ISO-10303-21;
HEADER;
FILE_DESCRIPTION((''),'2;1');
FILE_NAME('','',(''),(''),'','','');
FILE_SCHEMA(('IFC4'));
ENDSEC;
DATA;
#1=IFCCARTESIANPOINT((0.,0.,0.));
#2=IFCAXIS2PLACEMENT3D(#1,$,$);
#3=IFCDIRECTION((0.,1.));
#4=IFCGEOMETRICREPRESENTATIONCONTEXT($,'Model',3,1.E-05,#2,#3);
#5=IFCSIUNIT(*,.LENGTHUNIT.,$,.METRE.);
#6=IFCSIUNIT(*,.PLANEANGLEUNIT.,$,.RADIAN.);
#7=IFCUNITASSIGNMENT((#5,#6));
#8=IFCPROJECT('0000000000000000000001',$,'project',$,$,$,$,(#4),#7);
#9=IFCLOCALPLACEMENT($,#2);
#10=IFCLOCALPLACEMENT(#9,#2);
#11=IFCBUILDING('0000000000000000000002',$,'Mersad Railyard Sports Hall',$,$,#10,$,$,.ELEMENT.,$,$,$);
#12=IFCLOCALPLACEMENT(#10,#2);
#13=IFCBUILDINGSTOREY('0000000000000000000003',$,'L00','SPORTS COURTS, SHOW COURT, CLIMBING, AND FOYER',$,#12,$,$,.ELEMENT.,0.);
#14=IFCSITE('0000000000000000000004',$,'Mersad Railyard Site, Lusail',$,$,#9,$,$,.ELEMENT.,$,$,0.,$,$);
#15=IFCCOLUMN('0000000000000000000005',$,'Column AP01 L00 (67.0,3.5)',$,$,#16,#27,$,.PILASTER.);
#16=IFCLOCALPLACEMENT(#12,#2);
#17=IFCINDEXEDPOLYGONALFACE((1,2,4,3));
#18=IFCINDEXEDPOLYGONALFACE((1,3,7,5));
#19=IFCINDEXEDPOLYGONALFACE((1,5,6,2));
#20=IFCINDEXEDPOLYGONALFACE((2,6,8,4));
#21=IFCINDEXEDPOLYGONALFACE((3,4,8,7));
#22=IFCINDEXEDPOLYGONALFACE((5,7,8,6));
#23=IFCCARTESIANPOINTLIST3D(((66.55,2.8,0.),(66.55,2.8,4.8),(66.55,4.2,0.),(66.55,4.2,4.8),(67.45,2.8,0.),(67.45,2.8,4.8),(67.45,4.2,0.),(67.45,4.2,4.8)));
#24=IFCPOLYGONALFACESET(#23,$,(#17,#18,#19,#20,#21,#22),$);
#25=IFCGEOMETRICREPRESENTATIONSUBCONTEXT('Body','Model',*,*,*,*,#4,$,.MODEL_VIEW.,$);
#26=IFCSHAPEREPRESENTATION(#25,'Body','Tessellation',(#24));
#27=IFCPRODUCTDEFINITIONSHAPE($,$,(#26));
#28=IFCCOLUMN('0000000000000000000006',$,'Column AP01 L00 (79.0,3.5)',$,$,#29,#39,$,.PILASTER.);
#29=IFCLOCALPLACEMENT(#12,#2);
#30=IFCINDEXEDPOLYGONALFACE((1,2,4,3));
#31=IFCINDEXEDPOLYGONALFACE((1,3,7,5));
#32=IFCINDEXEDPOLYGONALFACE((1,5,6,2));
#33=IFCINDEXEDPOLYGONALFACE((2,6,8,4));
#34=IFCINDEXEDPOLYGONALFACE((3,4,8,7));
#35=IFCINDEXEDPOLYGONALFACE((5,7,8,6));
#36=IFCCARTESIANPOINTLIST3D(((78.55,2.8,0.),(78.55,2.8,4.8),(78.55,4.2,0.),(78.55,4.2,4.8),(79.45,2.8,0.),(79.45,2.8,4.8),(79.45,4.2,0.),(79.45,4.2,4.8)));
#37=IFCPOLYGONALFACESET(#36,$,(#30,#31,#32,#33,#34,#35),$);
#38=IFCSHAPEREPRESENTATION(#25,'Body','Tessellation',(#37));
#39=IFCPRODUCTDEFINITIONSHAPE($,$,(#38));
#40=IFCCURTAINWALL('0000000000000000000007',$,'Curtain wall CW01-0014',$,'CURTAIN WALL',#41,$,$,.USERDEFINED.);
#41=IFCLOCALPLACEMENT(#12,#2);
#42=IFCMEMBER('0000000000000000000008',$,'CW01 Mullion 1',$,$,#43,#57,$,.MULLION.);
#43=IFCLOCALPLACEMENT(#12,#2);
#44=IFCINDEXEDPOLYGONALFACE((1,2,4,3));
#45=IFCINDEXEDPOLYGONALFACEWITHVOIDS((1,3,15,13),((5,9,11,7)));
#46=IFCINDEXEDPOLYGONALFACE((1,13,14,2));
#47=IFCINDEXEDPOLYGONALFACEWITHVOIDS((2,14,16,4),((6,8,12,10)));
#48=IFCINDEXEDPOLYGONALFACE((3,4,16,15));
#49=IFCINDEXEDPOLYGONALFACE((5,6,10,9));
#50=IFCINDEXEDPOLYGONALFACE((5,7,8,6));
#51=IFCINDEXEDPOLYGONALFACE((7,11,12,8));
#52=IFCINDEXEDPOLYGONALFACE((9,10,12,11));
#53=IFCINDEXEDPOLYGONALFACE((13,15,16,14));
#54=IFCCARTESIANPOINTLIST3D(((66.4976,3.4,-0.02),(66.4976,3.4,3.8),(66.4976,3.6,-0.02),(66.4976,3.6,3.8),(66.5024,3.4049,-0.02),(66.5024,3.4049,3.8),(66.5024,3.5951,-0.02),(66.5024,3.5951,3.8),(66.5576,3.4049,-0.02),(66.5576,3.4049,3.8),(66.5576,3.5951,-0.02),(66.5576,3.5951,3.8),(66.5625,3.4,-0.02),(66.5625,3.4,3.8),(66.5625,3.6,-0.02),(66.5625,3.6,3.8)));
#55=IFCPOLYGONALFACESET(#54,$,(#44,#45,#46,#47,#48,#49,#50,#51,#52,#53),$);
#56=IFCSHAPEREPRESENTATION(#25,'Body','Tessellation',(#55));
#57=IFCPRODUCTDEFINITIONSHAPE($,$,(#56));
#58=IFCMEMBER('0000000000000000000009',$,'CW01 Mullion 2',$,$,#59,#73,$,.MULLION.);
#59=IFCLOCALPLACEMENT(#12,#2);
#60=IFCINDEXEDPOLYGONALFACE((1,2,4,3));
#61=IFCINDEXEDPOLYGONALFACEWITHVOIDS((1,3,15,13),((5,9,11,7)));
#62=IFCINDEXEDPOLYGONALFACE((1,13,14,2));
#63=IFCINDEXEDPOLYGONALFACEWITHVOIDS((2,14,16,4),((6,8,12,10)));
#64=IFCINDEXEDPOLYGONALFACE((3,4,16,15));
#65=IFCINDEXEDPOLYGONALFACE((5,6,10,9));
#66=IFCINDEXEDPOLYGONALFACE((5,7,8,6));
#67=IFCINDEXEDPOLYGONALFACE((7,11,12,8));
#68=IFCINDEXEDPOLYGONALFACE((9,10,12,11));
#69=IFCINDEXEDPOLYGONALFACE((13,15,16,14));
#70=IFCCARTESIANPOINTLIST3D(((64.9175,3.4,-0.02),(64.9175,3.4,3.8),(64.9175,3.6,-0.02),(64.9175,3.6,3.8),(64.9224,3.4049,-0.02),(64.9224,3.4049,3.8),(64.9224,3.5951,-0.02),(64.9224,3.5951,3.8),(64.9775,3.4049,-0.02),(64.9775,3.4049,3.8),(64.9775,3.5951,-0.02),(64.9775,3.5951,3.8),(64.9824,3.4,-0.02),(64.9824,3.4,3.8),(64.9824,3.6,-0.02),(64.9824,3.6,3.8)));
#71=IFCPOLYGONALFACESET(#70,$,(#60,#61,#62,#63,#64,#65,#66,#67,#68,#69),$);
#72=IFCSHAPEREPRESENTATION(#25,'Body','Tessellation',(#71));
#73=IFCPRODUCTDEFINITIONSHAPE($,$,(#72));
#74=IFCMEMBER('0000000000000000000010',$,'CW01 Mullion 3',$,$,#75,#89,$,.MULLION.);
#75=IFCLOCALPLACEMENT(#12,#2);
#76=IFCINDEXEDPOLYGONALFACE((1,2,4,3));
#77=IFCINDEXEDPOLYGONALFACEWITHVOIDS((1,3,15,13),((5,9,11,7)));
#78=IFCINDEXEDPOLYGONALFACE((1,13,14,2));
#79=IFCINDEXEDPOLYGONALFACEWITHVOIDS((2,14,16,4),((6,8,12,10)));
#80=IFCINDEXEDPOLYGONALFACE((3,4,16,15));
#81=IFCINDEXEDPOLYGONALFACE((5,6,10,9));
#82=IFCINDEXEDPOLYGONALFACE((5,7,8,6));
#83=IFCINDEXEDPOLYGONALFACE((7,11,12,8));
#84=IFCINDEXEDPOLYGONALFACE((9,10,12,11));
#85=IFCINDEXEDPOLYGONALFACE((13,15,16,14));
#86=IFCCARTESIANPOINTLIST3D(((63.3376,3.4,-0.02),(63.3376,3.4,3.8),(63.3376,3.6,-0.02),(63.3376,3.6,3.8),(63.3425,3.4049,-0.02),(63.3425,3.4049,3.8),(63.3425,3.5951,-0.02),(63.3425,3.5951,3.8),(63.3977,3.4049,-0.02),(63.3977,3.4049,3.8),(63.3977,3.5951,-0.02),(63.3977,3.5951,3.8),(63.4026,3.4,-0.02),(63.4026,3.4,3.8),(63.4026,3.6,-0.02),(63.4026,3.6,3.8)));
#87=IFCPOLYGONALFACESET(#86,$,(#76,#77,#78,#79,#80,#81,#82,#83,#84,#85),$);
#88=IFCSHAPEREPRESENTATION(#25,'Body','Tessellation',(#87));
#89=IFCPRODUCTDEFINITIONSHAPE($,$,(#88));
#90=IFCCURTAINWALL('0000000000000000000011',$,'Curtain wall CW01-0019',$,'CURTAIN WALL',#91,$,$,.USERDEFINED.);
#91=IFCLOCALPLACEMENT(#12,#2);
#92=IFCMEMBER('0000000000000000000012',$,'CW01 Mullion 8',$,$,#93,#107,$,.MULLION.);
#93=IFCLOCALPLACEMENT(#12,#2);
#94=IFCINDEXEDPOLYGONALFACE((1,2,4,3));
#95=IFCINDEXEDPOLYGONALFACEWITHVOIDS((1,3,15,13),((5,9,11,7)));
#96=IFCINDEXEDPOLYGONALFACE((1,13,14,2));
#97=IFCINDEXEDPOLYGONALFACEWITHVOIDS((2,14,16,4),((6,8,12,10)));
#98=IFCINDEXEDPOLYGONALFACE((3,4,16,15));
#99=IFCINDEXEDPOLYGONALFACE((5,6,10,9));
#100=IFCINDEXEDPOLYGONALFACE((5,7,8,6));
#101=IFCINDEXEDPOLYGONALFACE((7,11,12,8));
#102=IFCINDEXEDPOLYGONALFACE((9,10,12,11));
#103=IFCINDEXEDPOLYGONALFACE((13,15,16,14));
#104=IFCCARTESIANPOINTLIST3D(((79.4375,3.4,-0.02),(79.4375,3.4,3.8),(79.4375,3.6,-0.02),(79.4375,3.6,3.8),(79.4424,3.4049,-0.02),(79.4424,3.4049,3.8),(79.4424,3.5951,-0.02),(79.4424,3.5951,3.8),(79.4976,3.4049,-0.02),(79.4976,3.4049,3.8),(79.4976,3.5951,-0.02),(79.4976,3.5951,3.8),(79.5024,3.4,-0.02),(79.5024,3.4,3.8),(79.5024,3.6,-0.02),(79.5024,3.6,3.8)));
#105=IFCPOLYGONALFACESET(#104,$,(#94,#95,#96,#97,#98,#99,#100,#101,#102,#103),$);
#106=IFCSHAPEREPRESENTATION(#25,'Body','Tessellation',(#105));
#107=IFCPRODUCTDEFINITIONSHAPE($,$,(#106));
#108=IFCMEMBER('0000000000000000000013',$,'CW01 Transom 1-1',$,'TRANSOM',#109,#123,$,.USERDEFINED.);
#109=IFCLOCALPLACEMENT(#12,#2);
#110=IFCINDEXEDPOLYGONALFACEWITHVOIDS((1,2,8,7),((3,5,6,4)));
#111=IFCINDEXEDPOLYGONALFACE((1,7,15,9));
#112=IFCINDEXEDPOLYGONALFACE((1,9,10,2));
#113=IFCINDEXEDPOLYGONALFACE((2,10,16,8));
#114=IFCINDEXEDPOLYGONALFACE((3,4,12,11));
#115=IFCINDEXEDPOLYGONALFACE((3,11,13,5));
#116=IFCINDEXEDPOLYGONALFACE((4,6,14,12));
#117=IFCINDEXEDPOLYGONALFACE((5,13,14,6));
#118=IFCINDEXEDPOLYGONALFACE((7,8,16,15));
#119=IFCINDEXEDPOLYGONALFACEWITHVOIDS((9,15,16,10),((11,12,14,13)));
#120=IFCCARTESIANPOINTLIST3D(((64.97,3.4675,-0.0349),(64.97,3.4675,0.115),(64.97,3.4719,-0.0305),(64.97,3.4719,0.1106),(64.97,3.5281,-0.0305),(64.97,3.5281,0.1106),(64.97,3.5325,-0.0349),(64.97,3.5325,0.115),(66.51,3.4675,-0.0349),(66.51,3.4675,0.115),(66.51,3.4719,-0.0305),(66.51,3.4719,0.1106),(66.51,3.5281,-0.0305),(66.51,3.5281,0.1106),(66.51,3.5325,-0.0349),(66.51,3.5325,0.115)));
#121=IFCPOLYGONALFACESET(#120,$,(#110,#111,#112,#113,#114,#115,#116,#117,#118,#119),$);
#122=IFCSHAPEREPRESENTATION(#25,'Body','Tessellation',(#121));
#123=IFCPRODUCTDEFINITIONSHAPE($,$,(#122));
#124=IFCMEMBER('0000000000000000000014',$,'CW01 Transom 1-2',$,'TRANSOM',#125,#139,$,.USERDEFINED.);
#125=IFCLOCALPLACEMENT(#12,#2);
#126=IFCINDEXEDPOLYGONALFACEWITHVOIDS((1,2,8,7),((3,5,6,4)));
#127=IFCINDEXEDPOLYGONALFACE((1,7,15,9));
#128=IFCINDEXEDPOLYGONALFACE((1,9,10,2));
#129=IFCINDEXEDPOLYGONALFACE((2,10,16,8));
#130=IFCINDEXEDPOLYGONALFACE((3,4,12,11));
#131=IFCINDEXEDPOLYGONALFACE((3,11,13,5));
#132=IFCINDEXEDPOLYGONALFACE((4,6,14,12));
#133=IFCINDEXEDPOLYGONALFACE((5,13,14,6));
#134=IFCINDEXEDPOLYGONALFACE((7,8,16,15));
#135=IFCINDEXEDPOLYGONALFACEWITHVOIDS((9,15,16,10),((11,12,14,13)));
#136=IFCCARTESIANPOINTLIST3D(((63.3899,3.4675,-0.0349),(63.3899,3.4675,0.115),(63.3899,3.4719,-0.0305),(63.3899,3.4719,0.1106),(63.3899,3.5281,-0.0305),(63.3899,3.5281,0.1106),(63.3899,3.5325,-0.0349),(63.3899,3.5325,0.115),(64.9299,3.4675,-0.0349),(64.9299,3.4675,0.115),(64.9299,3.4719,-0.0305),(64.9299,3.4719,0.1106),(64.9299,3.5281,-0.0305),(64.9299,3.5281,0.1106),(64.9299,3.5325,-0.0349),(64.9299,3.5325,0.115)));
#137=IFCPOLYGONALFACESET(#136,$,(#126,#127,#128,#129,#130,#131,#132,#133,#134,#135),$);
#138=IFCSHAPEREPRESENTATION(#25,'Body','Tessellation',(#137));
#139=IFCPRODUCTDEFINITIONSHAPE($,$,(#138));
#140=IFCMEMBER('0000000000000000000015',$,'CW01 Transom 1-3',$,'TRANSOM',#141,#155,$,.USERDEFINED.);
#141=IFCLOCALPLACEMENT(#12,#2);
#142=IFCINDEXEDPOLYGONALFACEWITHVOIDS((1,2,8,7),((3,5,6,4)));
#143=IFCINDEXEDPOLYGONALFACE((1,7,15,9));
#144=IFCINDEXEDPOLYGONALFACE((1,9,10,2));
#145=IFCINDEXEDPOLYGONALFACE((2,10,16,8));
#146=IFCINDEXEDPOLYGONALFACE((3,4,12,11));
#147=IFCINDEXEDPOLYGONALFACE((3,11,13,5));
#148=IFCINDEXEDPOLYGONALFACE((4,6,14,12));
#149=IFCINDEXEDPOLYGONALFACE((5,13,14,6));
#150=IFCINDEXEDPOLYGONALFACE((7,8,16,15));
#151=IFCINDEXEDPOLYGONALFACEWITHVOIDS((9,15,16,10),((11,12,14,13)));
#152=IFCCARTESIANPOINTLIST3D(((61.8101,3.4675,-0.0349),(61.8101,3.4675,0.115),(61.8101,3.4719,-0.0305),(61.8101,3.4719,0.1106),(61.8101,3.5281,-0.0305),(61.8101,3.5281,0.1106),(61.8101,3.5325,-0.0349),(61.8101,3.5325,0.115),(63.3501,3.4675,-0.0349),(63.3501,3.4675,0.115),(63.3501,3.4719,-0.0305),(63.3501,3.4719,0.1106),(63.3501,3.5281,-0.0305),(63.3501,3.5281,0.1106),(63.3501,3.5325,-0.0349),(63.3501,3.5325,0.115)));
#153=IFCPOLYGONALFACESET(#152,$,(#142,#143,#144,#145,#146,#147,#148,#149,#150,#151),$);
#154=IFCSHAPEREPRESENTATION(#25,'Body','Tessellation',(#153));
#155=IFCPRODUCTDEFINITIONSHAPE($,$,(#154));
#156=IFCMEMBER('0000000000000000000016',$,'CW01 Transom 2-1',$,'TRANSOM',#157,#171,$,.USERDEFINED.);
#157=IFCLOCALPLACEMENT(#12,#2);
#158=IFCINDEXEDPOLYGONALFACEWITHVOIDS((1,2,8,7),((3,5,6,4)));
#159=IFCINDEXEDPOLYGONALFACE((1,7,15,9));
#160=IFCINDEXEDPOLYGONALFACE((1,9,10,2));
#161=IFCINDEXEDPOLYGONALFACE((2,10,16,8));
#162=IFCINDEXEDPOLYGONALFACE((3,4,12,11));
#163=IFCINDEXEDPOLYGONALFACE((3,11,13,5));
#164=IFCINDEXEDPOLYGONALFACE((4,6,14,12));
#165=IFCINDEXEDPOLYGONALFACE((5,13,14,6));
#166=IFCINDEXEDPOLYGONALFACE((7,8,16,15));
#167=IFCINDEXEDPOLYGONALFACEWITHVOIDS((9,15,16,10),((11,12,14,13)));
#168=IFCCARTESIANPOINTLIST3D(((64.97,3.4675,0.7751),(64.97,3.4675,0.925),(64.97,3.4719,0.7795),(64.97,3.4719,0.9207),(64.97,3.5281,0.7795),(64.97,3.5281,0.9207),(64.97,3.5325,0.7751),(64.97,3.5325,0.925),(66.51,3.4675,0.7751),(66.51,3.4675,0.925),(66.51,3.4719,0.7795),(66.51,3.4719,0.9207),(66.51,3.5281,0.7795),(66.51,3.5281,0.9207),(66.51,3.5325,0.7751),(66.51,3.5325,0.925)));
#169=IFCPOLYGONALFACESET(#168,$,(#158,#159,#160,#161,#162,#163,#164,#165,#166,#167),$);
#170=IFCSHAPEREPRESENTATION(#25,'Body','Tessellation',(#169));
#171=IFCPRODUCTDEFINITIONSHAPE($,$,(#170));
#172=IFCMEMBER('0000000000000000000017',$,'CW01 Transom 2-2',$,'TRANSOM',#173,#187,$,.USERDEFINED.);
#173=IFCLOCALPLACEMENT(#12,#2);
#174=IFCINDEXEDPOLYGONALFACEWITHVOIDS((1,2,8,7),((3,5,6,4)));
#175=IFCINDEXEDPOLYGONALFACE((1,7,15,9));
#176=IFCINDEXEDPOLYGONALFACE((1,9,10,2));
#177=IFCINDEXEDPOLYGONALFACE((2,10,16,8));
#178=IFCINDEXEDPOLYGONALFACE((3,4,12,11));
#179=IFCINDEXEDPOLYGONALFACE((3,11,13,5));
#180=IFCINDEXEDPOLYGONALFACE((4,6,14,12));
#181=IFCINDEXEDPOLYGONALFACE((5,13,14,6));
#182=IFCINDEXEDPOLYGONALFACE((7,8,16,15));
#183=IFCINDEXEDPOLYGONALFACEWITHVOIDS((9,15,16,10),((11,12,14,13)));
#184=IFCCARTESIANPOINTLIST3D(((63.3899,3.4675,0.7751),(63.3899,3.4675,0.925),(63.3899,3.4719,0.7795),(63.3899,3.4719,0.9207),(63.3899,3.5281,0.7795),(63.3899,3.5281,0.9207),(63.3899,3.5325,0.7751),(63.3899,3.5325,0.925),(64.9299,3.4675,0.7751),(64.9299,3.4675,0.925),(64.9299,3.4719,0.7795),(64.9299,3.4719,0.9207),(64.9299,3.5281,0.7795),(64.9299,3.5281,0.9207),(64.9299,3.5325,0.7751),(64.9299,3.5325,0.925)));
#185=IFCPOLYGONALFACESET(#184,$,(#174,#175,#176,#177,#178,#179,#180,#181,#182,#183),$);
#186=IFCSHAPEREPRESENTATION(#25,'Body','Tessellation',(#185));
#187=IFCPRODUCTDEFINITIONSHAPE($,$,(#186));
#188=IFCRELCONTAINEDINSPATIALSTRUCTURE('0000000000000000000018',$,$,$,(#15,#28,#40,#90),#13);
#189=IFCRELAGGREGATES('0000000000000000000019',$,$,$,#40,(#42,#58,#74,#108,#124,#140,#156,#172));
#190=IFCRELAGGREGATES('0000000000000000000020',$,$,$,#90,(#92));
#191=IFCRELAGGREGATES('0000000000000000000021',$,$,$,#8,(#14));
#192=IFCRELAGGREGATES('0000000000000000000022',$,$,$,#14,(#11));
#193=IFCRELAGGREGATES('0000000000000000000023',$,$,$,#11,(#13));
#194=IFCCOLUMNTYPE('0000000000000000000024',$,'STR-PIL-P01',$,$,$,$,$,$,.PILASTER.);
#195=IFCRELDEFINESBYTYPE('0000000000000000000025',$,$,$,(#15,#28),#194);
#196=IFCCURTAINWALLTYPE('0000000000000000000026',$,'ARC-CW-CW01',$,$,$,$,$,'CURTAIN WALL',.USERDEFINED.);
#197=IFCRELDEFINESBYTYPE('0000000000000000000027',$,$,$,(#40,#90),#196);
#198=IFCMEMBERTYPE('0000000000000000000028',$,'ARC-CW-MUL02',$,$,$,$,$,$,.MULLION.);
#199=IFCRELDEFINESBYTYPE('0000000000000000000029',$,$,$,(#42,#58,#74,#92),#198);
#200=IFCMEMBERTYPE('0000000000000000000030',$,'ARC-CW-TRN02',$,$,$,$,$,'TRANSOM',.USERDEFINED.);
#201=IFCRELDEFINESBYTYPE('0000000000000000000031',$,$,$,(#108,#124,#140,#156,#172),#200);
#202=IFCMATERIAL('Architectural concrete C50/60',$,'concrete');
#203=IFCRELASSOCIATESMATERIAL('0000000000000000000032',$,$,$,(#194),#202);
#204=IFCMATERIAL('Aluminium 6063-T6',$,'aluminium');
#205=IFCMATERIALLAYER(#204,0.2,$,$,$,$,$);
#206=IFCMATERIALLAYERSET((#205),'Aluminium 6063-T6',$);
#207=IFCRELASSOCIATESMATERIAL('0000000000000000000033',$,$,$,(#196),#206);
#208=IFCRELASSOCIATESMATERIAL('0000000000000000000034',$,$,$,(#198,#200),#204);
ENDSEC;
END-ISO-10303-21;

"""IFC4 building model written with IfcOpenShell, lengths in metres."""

from ifc_helpers import new_model, si_unit, direction, frame, origin, origin_2d, place, context, subcontext, project, spatial, rectangle, hollow_rectangle, extrude, material, layer, layer_set, material_profile, profile_set, type_object, element, aggregate, save


model = new_model("IFC4")

# Units and contexts
model_context = context("Model", 3, precision=1e-05, world=origin(), true_north=direction((0.0, 1.0)))
body_context = subcontext(model_context, "Body", "Model", "MODEL_VIEW")
ifc_project = project(units=[si_unit("LENGTHUNIT", "METRE"), si_unit("PLANEANGLEUNIT", "RADIAN")], contexts=[model_context])

# Site, building, storey
site_placement = place(None, origin())
site = spatial("IfcSite", under=ifc_project, at=site_placement, Name="Mersad Railyard Site, Lusail", CompositionType="ELEMENT", RefElevation=0.0)
building_placement = place(site_placement, origin())
building = spatial("IfcBuilding", under=site, at=building_placement, Name="Mersad Railyard Sports Hall", CompositionType="ELEMENT")
storey_placement = place(building_placement, origin())
storey = spatial("IfcBuildingStorey", under=building, at=storey_placement, Name="L00", Description="SPORTS COURTS, SHOW COURT, CLIMBING, AND FOYER", CompositionType="ELEMENT", Elevation=0.0)

# Columns
ifc_material_1 = material(Name="Architectural concrete C50/60", Category="concrete")
ifc_material_profile_1 = material_profile(ifc_material_1, rectangle(XDim=0.8999, YDim=1.3999, at=origin_2d()), Name="RC 900x1400")
ifc_profile_set_1 = profile_set([ifc_material_profile_1], Name="Architectural concrete C50/60")
column_type = type_object("IfcColumnType", Name="STR-PIL-P01", PredefinedType="PILASTER", material=ifc_profile_set_1)
for number, where, z_axis, x_axis, name in (
    (1, (67.0, 3.5, 0.0), (0.0, 0.0, 1.0), (1.0, 0.0, 0.0), "Column AP01 L00 (67.0,3.5)"),
    (2, (79.0, 3.5, 0.0), (0.0, 0.0, 1.0), (1.0, 0.0, 0.0), "Column AP01 L00 (79.0,3.5)"),
):
    element("IfcColumn", number, at=place(storey_placement, frame(where, z_axis=z_axis, x_axis=x_axis)), inside=storey, type_object=column_type, Name=name, PredefinedType="PILASTER", context=body_context, shape_type="SweptSolid", body=[
        extrude(rectangle(XDim=0.8999, YDim=1.3999, at=origin_2d()), origin(), (0.0, 0.0, 1.0), 4.8),
    ])

# Curtain wall, members
ifc_material_2 = material(Name="Aluminium 6063-T6", Category="aluminium")
ifc_layer_1 = layer(ifc_material_2, 0.2)
ifc_layer_set_1 = layer_set([ifc_layer_1], Name="Aluminium 6063-T6")
curtain_wall_type = type_object("IfcCurtainWallType", Name="ARC-CW-CW01", ElementType="CURTAIN WALL", PredefinedType="USERDEFINED", material=ifc_layer_set_1)
curtain_wall_1_placement = place(storey_placement, origin())
curtain_wall_1 = element("IfcCurtainWall", 3, at=curtain_wall_1_placement, inside=storey, type_object=curtain_wall_type, Name="Curtain wall CW01-0014", ObjectType="CURTAIN WALL", PredefinedType="USERDEFINED")
ifc_material_profile_2 = material_profile(ifc_material_2, hollow_rectangle(XDim=0.0649, YDim=0.2, WallThickness=0.0049, at=origin_2d()), Name="AL MULLION 65x200x5")
ifc_profile_set_2 = profile_set([ifc_material_profile_2], Name="Aluminium 6063-T6")
member_type_1 = type_object("IfcMemberType", Name="ARC-CW-MUL02", PredefinedType="MULLION", material=ifc_profile_set_2)
member_1_placement = place(storey_placement, frame((66.53, 3.5, -0.02), z_axis=(0.0, 0.0, 1.0), x_axis=(1.0, 0.0, 0.0)))
member_1 = element("IfcMember", 4, at=member_1_placement, type_object=member_type_1, Name="CW01 Mullion 1", PredefinedType="MULLION", context=body_context, shape_type="SweptSolid", body=[
    extrude(hollow_rectangle(XDim=0.0649, YDim=0.2, WallThickness=0.0049, at=origin_2d()), origin(), (0.0, 0.0, 1.0), 3.8201),
])
member_2_placement = place(storey_placement, frame((64.95, 3.5, -0.02), z_axis=(0.0, 0.0, 1.0), x_axis=(1.0, 0.0, 0.0)))
member_2 = element("IfcMember", 5, at=member_2_placement, type_object=member_type_1, Name="CW01 Mullion 2", PredefinedType="MULLION", context=body_context, shape_type="SweptSolid", body=[
    extrude(hollow_rectangle(XDim=0.0649, YDim=0.2, WallThickness=0.0049, at=origin_2d()), origin(), (0.0, 0.0, 1.0), 3.8201),
])
member_3_placement = place(storey_placement, frame((63.3701, 3.5, -0.02), z_axis=(0.0, 0.0, 1.0), x_axis=(1.0, 0.0, 0.0)))
member_3 = element("IfcMember", 6, at=member_3_placement, type_object=member_type_1, Name="CW01 Mullion 3", PredefinedType="MULLION", context=body_context, shape_type="SweptSolid", body=[
    extrude(hollow_rectangle(XDim=0.0649, YDim=0.2, WallThickness=0.0049, at=origin_2d()), origin(), (0.0, 0.0, 1.0), 3.8201),
])

# Curtain wall, member
curtain_wall_2_placement = place(storey_placement, origin())
curtain_wall_2 = element("IfcCurtainWall", 7, at=curtain_wall_2_placement, inside=storey, type_object=curtain_wall_type, Name="Curtain wall CW01-0019", ObjectType="CURTAIN WALL", PredefinedType="USERDEFINED")
member_4_placement = place(storey_placement, frame((79.47, 3.5, -0.02), z_axis=(0.0, 0.0, 1.0), x_axis=(1.0, 0.0, 0.0)))
member_4 = element("IfcMember", 8, at=member_4_placement, type_object=member_type_1, Name="CW01 Mullion 8", PredefinedType="MULLION", context=body_context, shape_type="SweptSolid", body=[
    extrude(hollow_rectangle(XDim=0.0649, YDim=0.2, WallThickness=0.0049, at=origin_2d()), origin(), (0.0, 0.0, 1.0), 3.8201),
])

# Members
ifc_material_profile_3 = material_profile(ifc_material_2, hollow_rectangle(XDim=0.0649, YDim=0.1499, WallThickness=0.0044, at=origin_2d()), Name="AL TRANSOM 65x150x4.5")
ifc_profile_set_3 = profile_set([ifc_material_profile_3], Name="Aluminium 6063-T6")
member_type_2 = type_object("IfcMemberType", Name="ARC-CW-TRN02", ElementType="TRANSOM", PredefinedType="USERDEFINED", material=ifc_profile_set_3)
member_5_placement = place(storey_placement, frame((66.51, 3.5, 0.04), z_axis=(-1.0, 0.0, 0.0), x_axis=(0.0, -1.0, 0.0)))
member_5 = element("IfcMember", 9, at=member_5_placement, type_object=member_type_2, Name="CW01 Transom 1-1", ObjectType="TRANSOM", PredefinedType="USERDEFINED", context=body_context, shape_type="SweptSolid", body=[
    extrude(hollow_rectangle(XDim=0.0649, YDim=0.1499, WallThickness=0.0044, at=origin_2d()), origin(), (0.0, 0.0, 1.0), 1.54),
])
member_6_placement = place(storey_placement, frame((64.9299, 3.5, 0.04), z_axis=(-1.0, 0.0, 0.0), x_axis=(0.0, -1.0, 0.0)))
member_6 = element("IfcMember", 10, at=member_6_placement, type_object=member_type_2, Name="CW01 Transom 1-2", ObjectType="TRANSOM", PredefinedType="USERDEFINED", context=body_context, shape_type="SweptSolid", body=[
    extrude(hollow_rectangle(XDim=0.0649, YDim=0.1499, WallThickness=0.0044, at=origin_2d()), origin(), (0.0, 0.0, 1.0), 1.54),
])
member_7_placement = place(storey_placement, frame((63.3501, 3.5, 0.04), z_axis=(-1.0, 0.0, 0.0), x_axis=(0.0, -1.0, 0.0)))
member_7 = element("IfcMember", 11, at=member_7_placement, type_object=member_type_2, Name="CW01 Transom 1-3", ObjectType="TRANSOM", PredefinedType="USERDEFINED", context=body_context, shape_type="SweptSolid", body=[
    extrude(hollow_rectangle(XDim=0.0649, YDim=0.1499, WallThickness=0.0044, at=origin_2d()), origin(), (0.0, 0.0, 1.0), 1.54),
])
member_8_placement = place(storey_placement, frame((66.51, 3.5, 0.8501), z_axis=(-1.0, 0.0, 0.0), x_axis=(0.0, -1.0, 0.0)))
member_8 = element("IfcMember", 12, at=member_8_placement, type_object=member_type_2, Name="CW01 Transom 2-1", ObjectType="TRANSOM", PredefinedType="USERDEFINED", context=body_context, shape_type="SweptSolid", body=[
    extrude(hollow_rectangle(XDim=0.0649, YDim=0.1499, WallThickness=0.0044, at=origin_2d()), origin(), (0.0, 0.0, 1.0), 1.54),
])
member_9_placement = place(storey_placement, frame((64.9299, 3.5, 0.8501), z_axis=(-1.0, 0.0, 0.0), x_axis=(0.0, -1.0, 0.0)))
member_9 = element("IfcMember", 13, at=member_9_placement, type_object=member_type_2, Name="CW01 Transom 2-2", ObjectType="TRANSOM", PredefinedType="USERDEFINED", context=body_context, shape_type="SweptSolid", body=[
    extrude(hollow_rectangle(XDim=0.0649, YDim=0.1499, WallThickness=0.0044, at=origin_2d()), origin(), (0.0, 0.0, 1.0), 1.54),
])

aggregate(curtain_wall_1, [member_1, member_2, member_3, member_5, member_6, member_7, member_8, member_9])
aggregate(curtain_wall_2, [member_4])

save(model, "model.ifc")
